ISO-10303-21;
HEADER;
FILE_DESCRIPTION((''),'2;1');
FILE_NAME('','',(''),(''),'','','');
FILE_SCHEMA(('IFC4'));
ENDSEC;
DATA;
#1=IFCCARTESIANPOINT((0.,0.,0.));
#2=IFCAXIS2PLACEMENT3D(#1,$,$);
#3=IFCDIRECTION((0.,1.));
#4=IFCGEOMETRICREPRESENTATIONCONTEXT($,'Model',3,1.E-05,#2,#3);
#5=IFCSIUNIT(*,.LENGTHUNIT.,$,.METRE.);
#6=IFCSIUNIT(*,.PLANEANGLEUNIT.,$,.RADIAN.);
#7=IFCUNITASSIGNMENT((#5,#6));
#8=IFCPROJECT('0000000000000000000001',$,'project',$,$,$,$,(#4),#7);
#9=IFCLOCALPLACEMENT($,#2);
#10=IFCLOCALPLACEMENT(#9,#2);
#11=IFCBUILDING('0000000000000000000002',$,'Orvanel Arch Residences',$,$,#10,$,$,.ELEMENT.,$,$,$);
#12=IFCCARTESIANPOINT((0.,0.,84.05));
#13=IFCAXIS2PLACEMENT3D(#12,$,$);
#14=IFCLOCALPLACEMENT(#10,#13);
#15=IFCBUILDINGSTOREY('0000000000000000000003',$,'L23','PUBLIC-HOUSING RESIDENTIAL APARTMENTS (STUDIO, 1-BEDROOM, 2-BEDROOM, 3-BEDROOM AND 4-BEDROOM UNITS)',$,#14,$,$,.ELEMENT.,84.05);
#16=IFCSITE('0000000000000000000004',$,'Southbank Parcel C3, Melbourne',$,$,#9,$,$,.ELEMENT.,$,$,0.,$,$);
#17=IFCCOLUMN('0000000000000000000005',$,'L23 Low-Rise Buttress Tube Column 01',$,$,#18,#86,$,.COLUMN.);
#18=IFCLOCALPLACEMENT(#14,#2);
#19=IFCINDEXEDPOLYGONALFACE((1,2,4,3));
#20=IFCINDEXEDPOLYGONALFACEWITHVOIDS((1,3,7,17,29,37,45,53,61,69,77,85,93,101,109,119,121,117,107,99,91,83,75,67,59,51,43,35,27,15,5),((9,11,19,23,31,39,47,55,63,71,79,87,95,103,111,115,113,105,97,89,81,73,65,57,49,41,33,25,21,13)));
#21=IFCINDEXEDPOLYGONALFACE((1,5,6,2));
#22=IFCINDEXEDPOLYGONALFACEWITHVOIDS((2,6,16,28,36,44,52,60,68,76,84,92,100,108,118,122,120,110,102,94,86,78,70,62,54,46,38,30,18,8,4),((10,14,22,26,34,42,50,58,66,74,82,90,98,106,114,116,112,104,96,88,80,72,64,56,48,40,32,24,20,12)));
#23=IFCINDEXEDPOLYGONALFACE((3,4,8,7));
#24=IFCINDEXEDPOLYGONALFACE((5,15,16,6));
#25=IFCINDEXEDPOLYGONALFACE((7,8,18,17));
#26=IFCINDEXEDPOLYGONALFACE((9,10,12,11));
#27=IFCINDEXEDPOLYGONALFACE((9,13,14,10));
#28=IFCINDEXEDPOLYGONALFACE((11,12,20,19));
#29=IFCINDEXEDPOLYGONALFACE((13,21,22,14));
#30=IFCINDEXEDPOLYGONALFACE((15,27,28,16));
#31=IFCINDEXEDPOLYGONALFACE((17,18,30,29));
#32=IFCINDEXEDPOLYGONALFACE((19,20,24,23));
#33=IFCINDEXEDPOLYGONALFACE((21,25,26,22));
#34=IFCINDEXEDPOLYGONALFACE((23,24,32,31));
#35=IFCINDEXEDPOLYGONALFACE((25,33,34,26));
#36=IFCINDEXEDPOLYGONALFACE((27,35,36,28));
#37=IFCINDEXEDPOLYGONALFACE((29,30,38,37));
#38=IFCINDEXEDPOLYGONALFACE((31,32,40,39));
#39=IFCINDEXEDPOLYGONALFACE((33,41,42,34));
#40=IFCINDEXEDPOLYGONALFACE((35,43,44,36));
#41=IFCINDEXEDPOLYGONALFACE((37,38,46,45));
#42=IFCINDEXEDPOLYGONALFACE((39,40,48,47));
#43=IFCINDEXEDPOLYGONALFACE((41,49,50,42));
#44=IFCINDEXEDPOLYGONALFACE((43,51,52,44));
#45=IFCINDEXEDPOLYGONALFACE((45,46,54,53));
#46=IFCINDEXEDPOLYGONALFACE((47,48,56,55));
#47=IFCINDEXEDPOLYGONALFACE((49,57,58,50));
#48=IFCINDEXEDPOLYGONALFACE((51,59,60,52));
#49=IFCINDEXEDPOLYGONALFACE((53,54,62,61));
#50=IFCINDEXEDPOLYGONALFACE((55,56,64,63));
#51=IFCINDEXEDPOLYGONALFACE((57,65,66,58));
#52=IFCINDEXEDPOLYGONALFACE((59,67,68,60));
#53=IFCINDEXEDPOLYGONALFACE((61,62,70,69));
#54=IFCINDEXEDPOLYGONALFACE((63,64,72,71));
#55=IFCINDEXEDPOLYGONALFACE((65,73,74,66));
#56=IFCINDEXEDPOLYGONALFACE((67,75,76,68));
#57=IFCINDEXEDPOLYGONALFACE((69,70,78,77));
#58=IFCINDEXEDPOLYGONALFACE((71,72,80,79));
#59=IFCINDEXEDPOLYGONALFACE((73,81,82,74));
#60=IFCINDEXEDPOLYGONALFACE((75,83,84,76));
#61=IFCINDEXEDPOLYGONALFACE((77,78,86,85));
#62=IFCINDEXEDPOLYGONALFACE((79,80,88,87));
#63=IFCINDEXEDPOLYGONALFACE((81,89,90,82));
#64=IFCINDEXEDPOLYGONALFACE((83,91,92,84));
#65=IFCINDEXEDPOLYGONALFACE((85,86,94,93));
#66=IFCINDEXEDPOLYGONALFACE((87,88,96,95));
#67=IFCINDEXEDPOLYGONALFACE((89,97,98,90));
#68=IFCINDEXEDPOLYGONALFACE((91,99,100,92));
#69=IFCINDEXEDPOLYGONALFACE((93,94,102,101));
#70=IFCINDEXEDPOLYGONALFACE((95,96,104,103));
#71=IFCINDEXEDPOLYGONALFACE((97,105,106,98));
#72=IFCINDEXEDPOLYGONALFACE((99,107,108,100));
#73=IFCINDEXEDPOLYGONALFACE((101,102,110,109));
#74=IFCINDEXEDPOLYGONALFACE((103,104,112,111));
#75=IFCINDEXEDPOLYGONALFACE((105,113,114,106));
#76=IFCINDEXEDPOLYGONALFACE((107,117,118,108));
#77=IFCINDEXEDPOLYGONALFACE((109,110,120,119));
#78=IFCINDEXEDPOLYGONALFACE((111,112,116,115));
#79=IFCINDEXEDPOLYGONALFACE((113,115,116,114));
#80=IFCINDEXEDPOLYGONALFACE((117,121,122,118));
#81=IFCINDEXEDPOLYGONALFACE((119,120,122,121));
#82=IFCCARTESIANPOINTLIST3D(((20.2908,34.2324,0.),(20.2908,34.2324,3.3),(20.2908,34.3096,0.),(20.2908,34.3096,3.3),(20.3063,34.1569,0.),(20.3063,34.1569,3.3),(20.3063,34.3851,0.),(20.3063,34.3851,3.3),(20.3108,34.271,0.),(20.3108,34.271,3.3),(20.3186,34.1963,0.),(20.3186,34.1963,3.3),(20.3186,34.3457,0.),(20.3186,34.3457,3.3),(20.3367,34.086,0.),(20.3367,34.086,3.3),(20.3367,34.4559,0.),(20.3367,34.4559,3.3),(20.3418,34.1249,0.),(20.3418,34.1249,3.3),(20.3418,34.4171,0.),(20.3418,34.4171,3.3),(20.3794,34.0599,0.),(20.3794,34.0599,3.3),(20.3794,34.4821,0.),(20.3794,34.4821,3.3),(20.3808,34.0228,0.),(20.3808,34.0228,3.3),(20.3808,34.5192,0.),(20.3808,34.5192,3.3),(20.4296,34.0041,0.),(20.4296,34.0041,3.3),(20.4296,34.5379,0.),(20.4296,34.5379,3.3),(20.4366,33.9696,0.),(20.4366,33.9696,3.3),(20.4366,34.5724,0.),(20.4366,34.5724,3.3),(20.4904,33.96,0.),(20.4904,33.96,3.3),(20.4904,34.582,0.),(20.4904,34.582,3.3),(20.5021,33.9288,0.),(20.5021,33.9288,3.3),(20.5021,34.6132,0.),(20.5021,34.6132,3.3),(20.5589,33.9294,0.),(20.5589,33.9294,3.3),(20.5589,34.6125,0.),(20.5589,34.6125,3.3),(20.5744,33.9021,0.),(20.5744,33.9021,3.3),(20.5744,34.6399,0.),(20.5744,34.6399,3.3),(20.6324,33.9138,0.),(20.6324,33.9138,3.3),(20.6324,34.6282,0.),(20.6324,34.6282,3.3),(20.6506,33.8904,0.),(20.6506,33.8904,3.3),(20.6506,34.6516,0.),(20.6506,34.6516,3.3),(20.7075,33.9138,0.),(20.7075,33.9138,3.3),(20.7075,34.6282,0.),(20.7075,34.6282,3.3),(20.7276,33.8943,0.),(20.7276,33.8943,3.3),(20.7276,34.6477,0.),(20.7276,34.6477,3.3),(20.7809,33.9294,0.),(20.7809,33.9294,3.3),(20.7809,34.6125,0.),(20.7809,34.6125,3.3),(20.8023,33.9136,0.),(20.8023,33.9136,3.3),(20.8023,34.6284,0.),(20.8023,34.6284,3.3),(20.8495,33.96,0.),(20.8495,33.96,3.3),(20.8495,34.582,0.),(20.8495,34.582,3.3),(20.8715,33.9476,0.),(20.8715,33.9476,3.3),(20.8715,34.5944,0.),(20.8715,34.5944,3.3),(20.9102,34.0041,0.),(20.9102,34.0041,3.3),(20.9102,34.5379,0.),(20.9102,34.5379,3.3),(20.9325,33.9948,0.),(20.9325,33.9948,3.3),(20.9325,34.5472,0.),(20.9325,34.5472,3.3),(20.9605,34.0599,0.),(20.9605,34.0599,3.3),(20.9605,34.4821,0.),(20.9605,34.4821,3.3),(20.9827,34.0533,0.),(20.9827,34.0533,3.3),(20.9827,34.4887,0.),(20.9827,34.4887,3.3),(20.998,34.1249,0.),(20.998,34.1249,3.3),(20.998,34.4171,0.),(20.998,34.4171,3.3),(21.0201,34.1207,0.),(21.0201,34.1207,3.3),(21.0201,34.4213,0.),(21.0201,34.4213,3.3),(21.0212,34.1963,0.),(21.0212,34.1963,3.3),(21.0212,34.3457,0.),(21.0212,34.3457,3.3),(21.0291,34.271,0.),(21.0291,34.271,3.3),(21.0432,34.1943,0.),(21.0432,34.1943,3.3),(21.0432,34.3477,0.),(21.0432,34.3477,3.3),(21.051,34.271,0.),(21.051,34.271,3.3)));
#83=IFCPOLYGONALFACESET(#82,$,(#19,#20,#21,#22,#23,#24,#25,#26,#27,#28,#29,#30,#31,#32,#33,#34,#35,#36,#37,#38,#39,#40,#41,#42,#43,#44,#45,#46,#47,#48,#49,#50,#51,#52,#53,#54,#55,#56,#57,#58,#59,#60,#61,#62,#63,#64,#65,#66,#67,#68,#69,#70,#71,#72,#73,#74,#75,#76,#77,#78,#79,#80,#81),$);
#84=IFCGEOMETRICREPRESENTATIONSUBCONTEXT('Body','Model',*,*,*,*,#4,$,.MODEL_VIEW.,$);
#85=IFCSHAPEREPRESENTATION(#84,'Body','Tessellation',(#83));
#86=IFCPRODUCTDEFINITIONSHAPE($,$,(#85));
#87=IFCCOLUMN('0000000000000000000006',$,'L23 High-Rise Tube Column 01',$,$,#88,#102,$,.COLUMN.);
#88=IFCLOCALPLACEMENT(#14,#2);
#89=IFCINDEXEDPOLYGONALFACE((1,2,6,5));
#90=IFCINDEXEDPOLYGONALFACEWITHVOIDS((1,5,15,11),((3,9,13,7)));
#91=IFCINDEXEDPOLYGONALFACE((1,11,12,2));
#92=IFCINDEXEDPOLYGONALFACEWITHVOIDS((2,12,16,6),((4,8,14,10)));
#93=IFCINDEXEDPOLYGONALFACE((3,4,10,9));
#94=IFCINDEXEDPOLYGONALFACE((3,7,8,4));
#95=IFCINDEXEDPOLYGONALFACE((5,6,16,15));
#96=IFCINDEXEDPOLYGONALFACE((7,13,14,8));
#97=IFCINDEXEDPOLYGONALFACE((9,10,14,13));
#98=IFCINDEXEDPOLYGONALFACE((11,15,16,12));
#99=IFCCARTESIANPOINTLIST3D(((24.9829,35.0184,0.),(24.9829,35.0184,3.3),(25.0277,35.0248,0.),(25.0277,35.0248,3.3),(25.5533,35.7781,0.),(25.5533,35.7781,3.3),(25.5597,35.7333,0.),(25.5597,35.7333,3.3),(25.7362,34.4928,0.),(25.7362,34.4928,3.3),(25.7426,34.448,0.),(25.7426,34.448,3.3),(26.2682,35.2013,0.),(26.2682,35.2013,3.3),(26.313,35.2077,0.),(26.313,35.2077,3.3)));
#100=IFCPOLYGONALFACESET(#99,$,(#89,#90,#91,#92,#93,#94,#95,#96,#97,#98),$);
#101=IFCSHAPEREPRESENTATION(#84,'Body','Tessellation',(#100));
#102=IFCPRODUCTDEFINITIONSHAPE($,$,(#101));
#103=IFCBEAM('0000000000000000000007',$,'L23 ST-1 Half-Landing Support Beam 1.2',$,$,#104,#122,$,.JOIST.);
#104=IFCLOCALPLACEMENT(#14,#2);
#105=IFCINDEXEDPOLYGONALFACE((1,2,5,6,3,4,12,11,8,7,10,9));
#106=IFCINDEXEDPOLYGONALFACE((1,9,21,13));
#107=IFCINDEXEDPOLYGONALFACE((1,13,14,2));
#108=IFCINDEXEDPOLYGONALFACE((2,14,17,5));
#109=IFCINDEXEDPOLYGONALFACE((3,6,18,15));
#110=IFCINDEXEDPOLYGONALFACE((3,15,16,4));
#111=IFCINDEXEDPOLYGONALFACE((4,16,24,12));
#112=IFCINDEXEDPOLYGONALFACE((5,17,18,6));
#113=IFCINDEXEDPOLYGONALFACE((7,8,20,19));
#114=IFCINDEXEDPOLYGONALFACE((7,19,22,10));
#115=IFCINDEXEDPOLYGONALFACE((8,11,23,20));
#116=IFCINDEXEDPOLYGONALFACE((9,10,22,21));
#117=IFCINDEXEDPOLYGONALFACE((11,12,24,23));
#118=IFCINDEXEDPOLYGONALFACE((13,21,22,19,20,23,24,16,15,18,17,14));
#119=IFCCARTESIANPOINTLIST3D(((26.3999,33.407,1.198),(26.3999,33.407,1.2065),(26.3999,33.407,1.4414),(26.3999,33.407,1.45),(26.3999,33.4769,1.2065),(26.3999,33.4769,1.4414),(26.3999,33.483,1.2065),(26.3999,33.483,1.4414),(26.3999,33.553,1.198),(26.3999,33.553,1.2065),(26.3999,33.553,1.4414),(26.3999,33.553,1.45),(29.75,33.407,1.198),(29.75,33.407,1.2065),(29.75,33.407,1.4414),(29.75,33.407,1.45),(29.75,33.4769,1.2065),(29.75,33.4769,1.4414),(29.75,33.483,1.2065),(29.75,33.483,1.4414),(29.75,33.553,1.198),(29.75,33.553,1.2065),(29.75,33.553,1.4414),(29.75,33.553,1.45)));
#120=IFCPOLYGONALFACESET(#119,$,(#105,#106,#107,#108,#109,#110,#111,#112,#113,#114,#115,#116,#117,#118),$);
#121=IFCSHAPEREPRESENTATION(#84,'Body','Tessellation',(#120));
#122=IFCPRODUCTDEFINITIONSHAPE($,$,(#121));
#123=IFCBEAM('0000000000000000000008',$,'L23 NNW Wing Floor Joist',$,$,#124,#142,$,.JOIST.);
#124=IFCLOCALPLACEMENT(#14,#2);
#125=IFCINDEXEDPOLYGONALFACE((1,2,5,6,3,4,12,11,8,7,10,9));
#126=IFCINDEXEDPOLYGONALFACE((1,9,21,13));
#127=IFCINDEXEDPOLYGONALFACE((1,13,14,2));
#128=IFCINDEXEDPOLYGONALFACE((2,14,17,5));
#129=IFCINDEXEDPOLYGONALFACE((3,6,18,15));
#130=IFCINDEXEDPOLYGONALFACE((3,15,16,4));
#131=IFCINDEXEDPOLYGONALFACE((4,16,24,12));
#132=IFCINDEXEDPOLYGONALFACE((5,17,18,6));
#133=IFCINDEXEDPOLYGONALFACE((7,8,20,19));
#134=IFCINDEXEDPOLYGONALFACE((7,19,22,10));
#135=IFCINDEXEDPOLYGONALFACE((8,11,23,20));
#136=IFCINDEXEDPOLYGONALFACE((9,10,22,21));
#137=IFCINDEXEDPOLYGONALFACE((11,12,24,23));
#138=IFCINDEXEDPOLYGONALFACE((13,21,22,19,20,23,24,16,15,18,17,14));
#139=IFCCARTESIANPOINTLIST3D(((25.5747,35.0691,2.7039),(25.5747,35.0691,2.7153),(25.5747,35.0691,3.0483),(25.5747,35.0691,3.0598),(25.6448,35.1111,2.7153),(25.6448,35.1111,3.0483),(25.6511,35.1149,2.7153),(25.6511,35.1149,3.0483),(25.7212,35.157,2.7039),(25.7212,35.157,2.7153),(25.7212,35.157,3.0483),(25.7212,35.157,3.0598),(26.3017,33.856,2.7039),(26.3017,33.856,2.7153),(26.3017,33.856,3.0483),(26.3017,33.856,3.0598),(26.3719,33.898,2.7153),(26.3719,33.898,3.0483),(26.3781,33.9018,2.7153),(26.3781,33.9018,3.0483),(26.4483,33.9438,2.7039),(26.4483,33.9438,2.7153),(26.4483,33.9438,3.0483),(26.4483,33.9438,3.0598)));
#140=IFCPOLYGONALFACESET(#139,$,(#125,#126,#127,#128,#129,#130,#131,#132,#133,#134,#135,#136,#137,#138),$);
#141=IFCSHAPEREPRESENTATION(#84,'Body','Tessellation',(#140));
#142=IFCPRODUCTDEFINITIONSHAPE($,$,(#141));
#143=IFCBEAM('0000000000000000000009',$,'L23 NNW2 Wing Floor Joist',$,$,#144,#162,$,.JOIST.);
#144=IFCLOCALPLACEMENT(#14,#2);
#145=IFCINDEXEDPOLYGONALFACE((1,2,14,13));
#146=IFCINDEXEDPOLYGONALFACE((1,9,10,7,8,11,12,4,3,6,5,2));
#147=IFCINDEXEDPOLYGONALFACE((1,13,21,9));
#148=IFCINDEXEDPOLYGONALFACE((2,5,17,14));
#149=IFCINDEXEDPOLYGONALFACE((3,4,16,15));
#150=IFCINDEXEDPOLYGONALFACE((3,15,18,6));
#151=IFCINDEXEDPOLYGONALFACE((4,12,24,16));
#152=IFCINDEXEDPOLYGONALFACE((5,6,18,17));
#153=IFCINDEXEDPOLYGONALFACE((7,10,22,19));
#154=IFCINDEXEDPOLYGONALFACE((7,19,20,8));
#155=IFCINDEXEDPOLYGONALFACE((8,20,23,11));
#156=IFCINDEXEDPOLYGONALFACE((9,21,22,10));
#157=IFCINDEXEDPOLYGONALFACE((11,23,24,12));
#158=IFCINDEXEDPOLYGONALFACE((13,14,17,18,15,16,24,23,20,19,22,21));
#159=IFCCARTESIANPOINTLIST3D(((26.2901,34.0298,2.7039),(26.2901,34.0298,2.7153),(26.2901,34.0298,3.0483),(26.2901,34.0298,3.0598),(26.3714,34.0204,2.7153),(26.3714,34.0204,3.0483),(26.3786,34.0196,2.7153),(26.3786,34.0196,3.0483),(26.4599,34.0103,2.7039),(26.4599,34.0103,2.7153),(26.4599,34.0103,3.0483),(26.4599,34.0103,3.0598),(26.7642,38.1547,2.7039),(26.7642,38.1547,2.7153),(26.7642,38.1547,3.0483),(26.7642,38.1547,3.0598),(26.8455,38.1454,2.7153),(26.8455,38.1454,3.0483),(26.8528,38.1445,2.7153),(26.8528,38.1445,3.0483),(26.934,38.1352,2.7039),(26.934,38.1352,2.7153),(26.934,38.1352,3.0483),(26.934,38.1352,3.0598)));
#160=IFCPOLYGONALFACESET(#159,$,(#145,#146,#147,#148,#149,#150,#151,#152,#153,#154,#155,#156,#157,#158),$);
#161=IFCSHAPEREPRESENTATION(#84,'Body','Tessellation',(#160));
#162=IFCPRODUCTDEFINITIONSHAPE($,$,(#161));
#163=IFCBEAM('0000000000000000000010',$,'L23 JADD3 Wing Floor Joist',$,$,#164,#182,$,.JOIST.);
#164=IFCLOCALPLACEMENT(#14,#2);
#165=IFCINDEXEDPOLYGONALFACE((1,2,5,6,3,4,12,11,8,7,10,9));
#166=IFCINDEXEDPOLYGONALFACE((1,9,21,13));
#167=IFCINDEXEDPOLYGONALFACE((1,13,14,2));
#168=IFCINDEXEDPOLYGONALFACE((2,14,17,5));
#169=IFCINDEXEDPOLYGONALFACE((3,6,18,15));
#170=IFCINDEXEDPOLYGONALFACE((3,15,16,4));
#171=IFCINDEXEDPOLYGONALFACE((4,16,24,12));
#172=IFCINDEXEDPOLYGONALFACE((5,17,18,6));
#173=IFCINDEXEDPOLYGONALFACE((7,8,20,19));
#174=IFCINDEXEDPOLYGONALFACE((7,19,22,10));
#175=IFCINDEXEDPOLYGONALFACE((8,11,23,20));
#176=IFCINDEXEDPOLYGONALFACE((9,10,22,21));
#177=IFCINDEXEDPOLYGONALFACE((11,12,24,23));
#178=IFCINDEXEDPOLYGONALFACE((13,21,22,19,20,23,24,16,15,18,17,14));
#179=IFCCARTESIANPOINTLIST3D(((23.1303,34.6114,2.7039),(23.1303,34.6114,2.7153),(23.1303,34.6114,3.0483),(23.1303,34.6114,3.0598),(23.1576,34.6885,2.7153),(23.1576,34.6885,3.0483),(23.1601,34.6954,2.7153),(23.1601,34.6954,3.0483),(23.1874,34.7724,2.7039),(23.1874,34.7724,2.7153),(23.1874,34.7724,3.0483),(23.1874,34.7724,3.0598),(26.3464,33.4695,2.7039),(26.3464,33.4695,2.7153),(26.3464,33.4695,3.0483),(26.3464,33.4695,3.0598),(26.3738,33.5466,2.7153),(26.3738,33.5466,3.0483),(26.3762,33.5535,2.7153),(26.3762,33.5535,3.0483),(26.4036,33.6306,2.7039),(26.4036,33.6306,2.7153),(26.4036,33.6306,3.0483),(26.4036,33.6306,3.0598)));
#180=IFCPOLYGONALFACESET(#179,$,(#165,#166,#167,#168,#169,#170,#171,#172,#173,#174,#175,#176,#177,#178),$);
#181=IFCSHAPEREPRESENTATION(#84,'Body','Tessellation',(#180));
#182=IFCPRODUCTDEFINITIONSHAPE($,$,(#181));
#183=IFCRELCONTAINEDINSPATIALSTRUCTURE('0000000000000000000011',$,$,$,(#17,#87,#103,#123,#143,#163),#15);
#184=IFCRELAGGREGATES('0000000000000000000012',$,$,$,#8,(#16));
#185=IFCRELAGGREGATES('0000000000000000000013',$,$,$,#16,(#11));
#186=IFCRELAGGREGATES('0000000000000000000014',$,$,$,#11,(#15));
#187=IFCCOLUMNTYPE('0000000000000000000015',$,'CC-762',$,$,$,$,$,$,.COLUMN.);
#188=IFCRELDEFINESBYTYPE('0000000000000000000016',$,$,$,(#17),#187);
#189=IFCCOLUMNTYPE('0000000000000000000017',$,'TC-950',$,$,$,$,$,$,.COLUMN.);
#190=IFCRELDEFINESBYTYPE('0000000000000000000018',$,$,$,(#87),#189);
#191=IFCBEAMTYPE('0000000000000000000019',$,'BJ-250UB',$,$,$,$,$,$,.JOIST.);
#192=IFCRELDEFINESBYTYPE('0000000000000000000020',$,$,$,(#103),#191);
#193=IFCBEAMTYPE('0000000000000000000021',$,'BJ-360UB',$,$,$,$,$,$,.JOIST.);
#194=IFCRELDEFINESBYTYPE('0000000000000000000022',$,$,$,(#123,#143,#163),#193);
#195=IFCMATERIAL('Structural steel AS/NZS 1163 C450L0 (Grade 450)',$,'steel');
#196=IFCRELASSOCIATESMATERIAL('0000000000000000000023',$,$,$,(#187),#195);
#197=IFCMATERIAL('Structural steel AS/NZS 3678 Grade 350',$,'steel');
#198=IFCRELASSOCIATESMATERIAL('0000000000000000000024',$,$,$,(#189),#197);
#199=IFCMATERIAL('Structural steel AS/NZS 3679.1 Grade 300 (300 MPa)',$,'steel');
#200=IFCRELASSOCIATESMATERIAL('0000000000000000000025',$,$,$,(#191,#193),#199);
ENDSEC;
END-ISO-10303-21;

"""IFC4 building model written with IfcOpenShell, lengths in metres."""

from ifc_helpers import new_model, si_unit, direction, frame, origin, origin_2d, place, context, subcontext, project, spatial, hollow_rectangle, hollow_circle, i_section, extrude, material, material_profile, profile_set, type_object, element, save


model = new_model("IFC4")

# Units and contexts
model_context = context("Model", 3, precision=1e-05, world=origin(), true_north=direction((0.0, 1.0)))
body_context = subcontext(model_context, "Body", "Model", "MODEL_VIEW")
ifc_project = project(units=[si_unit("LENGTHUNIT", "METRE"), si_unit("PLANEANGLEUNIT", "RADIAN")], contexts=[model_context])

# Site, building, storey
site_placement = place(None, origin())
site = spatial("IfcSite", under=ifc_project, at=site_placement, Name="Southbank Parcel C3, Melbourne", CompositionType="ELEMENT", RefElevation=0.0)
building_placement = place(site_placement, origin())
building = spatial("IfcBuilding", under=site, at=building_placement, Name="Orvanel Arch Residences", CompositionType="ELEMENT")
storey_placement = place(building_placement, frame((0.0, 0.0, 84.05)))
storey = spatial("IfcBuildingStorey", under=building, at=storey_placement, Name="L23", Description="PUBLIC-HOUSING RESIDENTIAL APARTMENTS (STUDIO, 1-BEDROOM, 2-BEDROOM, 3-BEDROOM AND 4-BEDROOM UNITS)", CompositionType="ELEMENT", Elevation=84.05)

# Columns
ifc_material_1 = material(Name="Structural steel AS/NZS 1163 C450L0 (Grade 450)", Category="steel")
ifc_material_profile_1 = material_profile(ifc_material_1, hollow_circle(Radius=0.3811, WallThickness=0.022, at=origin_2d()), Name="CHS762x22")
ifc_profile_set_1 = profile_set([ifc_material_profile_1], Name="Structural steel AS/NZS 1163 C450L0 (Grade 450)")
column_type_1 = type_object("IfcColumnType", Name="CC-762", PredefinedType="COLUMN", material=ifc_profile_set_1)
column_1_placement = place(storey_placement, frame((20.6699, 34.271, 0.0), z_axis=(0.0, 0.0, 1.0), x_axis=(1.0, 0.0, 0.0)))
element("IfcColumn", 1, at=column_1_placement, inside=storey, type_object=column_type_1, Name="L23 Low-Rise Buttress Tube Column 01", PredefinedType="COLUMN", context=body_context, shape_type="SweptSolid", body=[
    extrude(hollow_circle(Radius=0.3811, WallThickness=0.022, at=origin_2d()), origin(), (0.0, 0.0, 1.0), 3.3),
])
ifc_material_2 = material(Name="Structural steel AS/NZS 3678 Grade 350", Category="steel")
ifc_material_profile_2 = material_profile(ifc_material_2, hollow_rectangle(XDim=0.95, YDim=0.95, WallThickness=0.032, at=origin_2d()), Name="BOX950x950x32")
ifc_profile_set_2 = profile_set([ifc_material_profile_2], Name="Structural steel AS/NZS 3678 Grade 350")
column_type_2 = type_object("IfcColumnType", Name="TC-950", PredefinedType="COLUMN", material=ifc_profile_set_2)
column_2_placement = place(storey_placement, frame((25.6479, 35.113, 0.0), z_axis=(0.0, 0.0, 1.0), x_axis=(0.60042, 0.799685, 0.0)))
element("IfcColumn", 2, at=column_2_placement, inside=storey, type_object=column_type_2, Name="L23 High-Rise Tube Column 01", PredefinedType="COLUMN", context=body_context, shape_type="SweptSolid", body=[
    extrude(hollow_rectangle(XDim=0.95, YDim=0.95, WallThickness=0.032, at=origin_2d()), origin(), (0.0, 0.0, 1.0), 3.3),
])

# Beams
ifc_material_3 = material(Name="Structural steel AS/NZS 3679.1 Grade 300 (300 MPa)", Category="steel")
ifc_material_profile_3 = material_profile(ifc_material_3, i_section(OverallWidth=0.146, OverallDepth=0.252, WebThickness=0.0061, FlangeThickness=0.0085, at=origin_2d()), Name="250UB31.4")
ifc_profile_set_3 = profile_set([ifc_material_profile_3], Name="Structural steel AS/NZS 3679.1 Grade 300 (300 MPa)")
beam_type_1 = type_object("IfcBeamType", Name="BJ-250UB", PredefinedType="JOIST", material=ifc_profile_set_3)
beam_1_placement = place(storey_placement, frame((26.3999, 33.48, 1.324), z_axis=(1.0, 0.0, 0.0), x_axis=(0.0, 1.0, 0.0)))
element("IfcBeam", 3, at=beam_1_placement, inside=storey, type_object=beam_type_1, Name="L23 ST-1 Half-Landing Support Beam 1.2", PredefinedType="JOIST", context=body_context, shape_type="SweptSolid", body=[
    extrude(i_section(OverallWidth=0.146, OverallDepth=0.252, WebThickness=0.0061, FlangeThickness=0.0085, at=origin_2d()), origin(), (0.0, 0.0, 1.0), 3.3501),
])
ifc_material_profile_4 = material_profile(ifc_material_3, i_section(OverallWidth=0.1709, OverallDepth=0.356, WebThickness=0.0073, FlangeThickness=0.0115, at=origin_2d()), Name="360UB50.7")
ifc_profile_set_4 = profile_set([ifc_material_profile_4], Name="Structural steel AS/NZS 3679.1 Grade 300 (300 MPa)")
beam_type_2 = type_object("IfcBeamType", Name="BJ-360UB", PredefinedType="JOIST", material=ifc_profile_set_4)
beam_2_placement = place(storey_placement, frame((26.375, 33.8999, 2.8818), z_axis=(-0.514064, 0.857752, 0.0), x_axis=(-0.857752, -0.514064, 0.0)))
element("IfcBeam", 4, at=beam_2_placement, inside=storey, type_object=beam_type_2, Name="L23 NNW Wing Floor Joist", PredefinedType="JOIST", context=body_context, shape_type="SweptSolid", body=[
    extrude(i_section(OverallWidth=0.1709, OverallDepth=0.356, WebThickness=0.0073, FlangeThickness=0.0115, at=origin_2d()), origin(), (0.0, 0.0, 1.0), 1.4143),
])
beam_3_placement = place(storey_placement, frame((26.375, 34.02, 2.8818), z_axis=(0.114187, 0.993459, 0.0), x_axis=(-0.993459, 0.114187, 0.0)))
element("IfcBeam", 5, at=beam_3_placement, inside=storey, type_object=beam_type_2, Name="L23 NNW2 Wing Floor Joist", PredefinedType="JOIST", context=body_context, shape_type="SweptSolid", body=[
    extrude(i_section(OverallWidth=0.1709, OverallDepth=0.356, WebThickness=0.0073, FlangeThickness=0.0115, at=origin_2d()), origin(), (0.0, 0.0, 1.0), 4.1521),
])
beam_4_placement = place(storey_placement, frame((26.375, 33.55, 2.8818), z_axis=(-0.942367, 0.334582, 0.0), x_axis=(-0.334582, -0.942367, 0.0)))
element("IfcBeam", 6, at=beam_4_placement, inside=storey, type_object=beam_type_2, Name="L23 JADD3 Wing Floor Joist", PredefinedType="JOIST", context=body_context, shape_type="SweptSolid", body=[
    extrude(i_section(OverallWidth=0.1709, OverallDepth=0.356, WebThickness=0.0073, FlangeThickness=0.0115, at=origin_2d()), origin(), (0.0, 0.0, 1.0), 3.4128),
])

save(model, "model.ifc")
